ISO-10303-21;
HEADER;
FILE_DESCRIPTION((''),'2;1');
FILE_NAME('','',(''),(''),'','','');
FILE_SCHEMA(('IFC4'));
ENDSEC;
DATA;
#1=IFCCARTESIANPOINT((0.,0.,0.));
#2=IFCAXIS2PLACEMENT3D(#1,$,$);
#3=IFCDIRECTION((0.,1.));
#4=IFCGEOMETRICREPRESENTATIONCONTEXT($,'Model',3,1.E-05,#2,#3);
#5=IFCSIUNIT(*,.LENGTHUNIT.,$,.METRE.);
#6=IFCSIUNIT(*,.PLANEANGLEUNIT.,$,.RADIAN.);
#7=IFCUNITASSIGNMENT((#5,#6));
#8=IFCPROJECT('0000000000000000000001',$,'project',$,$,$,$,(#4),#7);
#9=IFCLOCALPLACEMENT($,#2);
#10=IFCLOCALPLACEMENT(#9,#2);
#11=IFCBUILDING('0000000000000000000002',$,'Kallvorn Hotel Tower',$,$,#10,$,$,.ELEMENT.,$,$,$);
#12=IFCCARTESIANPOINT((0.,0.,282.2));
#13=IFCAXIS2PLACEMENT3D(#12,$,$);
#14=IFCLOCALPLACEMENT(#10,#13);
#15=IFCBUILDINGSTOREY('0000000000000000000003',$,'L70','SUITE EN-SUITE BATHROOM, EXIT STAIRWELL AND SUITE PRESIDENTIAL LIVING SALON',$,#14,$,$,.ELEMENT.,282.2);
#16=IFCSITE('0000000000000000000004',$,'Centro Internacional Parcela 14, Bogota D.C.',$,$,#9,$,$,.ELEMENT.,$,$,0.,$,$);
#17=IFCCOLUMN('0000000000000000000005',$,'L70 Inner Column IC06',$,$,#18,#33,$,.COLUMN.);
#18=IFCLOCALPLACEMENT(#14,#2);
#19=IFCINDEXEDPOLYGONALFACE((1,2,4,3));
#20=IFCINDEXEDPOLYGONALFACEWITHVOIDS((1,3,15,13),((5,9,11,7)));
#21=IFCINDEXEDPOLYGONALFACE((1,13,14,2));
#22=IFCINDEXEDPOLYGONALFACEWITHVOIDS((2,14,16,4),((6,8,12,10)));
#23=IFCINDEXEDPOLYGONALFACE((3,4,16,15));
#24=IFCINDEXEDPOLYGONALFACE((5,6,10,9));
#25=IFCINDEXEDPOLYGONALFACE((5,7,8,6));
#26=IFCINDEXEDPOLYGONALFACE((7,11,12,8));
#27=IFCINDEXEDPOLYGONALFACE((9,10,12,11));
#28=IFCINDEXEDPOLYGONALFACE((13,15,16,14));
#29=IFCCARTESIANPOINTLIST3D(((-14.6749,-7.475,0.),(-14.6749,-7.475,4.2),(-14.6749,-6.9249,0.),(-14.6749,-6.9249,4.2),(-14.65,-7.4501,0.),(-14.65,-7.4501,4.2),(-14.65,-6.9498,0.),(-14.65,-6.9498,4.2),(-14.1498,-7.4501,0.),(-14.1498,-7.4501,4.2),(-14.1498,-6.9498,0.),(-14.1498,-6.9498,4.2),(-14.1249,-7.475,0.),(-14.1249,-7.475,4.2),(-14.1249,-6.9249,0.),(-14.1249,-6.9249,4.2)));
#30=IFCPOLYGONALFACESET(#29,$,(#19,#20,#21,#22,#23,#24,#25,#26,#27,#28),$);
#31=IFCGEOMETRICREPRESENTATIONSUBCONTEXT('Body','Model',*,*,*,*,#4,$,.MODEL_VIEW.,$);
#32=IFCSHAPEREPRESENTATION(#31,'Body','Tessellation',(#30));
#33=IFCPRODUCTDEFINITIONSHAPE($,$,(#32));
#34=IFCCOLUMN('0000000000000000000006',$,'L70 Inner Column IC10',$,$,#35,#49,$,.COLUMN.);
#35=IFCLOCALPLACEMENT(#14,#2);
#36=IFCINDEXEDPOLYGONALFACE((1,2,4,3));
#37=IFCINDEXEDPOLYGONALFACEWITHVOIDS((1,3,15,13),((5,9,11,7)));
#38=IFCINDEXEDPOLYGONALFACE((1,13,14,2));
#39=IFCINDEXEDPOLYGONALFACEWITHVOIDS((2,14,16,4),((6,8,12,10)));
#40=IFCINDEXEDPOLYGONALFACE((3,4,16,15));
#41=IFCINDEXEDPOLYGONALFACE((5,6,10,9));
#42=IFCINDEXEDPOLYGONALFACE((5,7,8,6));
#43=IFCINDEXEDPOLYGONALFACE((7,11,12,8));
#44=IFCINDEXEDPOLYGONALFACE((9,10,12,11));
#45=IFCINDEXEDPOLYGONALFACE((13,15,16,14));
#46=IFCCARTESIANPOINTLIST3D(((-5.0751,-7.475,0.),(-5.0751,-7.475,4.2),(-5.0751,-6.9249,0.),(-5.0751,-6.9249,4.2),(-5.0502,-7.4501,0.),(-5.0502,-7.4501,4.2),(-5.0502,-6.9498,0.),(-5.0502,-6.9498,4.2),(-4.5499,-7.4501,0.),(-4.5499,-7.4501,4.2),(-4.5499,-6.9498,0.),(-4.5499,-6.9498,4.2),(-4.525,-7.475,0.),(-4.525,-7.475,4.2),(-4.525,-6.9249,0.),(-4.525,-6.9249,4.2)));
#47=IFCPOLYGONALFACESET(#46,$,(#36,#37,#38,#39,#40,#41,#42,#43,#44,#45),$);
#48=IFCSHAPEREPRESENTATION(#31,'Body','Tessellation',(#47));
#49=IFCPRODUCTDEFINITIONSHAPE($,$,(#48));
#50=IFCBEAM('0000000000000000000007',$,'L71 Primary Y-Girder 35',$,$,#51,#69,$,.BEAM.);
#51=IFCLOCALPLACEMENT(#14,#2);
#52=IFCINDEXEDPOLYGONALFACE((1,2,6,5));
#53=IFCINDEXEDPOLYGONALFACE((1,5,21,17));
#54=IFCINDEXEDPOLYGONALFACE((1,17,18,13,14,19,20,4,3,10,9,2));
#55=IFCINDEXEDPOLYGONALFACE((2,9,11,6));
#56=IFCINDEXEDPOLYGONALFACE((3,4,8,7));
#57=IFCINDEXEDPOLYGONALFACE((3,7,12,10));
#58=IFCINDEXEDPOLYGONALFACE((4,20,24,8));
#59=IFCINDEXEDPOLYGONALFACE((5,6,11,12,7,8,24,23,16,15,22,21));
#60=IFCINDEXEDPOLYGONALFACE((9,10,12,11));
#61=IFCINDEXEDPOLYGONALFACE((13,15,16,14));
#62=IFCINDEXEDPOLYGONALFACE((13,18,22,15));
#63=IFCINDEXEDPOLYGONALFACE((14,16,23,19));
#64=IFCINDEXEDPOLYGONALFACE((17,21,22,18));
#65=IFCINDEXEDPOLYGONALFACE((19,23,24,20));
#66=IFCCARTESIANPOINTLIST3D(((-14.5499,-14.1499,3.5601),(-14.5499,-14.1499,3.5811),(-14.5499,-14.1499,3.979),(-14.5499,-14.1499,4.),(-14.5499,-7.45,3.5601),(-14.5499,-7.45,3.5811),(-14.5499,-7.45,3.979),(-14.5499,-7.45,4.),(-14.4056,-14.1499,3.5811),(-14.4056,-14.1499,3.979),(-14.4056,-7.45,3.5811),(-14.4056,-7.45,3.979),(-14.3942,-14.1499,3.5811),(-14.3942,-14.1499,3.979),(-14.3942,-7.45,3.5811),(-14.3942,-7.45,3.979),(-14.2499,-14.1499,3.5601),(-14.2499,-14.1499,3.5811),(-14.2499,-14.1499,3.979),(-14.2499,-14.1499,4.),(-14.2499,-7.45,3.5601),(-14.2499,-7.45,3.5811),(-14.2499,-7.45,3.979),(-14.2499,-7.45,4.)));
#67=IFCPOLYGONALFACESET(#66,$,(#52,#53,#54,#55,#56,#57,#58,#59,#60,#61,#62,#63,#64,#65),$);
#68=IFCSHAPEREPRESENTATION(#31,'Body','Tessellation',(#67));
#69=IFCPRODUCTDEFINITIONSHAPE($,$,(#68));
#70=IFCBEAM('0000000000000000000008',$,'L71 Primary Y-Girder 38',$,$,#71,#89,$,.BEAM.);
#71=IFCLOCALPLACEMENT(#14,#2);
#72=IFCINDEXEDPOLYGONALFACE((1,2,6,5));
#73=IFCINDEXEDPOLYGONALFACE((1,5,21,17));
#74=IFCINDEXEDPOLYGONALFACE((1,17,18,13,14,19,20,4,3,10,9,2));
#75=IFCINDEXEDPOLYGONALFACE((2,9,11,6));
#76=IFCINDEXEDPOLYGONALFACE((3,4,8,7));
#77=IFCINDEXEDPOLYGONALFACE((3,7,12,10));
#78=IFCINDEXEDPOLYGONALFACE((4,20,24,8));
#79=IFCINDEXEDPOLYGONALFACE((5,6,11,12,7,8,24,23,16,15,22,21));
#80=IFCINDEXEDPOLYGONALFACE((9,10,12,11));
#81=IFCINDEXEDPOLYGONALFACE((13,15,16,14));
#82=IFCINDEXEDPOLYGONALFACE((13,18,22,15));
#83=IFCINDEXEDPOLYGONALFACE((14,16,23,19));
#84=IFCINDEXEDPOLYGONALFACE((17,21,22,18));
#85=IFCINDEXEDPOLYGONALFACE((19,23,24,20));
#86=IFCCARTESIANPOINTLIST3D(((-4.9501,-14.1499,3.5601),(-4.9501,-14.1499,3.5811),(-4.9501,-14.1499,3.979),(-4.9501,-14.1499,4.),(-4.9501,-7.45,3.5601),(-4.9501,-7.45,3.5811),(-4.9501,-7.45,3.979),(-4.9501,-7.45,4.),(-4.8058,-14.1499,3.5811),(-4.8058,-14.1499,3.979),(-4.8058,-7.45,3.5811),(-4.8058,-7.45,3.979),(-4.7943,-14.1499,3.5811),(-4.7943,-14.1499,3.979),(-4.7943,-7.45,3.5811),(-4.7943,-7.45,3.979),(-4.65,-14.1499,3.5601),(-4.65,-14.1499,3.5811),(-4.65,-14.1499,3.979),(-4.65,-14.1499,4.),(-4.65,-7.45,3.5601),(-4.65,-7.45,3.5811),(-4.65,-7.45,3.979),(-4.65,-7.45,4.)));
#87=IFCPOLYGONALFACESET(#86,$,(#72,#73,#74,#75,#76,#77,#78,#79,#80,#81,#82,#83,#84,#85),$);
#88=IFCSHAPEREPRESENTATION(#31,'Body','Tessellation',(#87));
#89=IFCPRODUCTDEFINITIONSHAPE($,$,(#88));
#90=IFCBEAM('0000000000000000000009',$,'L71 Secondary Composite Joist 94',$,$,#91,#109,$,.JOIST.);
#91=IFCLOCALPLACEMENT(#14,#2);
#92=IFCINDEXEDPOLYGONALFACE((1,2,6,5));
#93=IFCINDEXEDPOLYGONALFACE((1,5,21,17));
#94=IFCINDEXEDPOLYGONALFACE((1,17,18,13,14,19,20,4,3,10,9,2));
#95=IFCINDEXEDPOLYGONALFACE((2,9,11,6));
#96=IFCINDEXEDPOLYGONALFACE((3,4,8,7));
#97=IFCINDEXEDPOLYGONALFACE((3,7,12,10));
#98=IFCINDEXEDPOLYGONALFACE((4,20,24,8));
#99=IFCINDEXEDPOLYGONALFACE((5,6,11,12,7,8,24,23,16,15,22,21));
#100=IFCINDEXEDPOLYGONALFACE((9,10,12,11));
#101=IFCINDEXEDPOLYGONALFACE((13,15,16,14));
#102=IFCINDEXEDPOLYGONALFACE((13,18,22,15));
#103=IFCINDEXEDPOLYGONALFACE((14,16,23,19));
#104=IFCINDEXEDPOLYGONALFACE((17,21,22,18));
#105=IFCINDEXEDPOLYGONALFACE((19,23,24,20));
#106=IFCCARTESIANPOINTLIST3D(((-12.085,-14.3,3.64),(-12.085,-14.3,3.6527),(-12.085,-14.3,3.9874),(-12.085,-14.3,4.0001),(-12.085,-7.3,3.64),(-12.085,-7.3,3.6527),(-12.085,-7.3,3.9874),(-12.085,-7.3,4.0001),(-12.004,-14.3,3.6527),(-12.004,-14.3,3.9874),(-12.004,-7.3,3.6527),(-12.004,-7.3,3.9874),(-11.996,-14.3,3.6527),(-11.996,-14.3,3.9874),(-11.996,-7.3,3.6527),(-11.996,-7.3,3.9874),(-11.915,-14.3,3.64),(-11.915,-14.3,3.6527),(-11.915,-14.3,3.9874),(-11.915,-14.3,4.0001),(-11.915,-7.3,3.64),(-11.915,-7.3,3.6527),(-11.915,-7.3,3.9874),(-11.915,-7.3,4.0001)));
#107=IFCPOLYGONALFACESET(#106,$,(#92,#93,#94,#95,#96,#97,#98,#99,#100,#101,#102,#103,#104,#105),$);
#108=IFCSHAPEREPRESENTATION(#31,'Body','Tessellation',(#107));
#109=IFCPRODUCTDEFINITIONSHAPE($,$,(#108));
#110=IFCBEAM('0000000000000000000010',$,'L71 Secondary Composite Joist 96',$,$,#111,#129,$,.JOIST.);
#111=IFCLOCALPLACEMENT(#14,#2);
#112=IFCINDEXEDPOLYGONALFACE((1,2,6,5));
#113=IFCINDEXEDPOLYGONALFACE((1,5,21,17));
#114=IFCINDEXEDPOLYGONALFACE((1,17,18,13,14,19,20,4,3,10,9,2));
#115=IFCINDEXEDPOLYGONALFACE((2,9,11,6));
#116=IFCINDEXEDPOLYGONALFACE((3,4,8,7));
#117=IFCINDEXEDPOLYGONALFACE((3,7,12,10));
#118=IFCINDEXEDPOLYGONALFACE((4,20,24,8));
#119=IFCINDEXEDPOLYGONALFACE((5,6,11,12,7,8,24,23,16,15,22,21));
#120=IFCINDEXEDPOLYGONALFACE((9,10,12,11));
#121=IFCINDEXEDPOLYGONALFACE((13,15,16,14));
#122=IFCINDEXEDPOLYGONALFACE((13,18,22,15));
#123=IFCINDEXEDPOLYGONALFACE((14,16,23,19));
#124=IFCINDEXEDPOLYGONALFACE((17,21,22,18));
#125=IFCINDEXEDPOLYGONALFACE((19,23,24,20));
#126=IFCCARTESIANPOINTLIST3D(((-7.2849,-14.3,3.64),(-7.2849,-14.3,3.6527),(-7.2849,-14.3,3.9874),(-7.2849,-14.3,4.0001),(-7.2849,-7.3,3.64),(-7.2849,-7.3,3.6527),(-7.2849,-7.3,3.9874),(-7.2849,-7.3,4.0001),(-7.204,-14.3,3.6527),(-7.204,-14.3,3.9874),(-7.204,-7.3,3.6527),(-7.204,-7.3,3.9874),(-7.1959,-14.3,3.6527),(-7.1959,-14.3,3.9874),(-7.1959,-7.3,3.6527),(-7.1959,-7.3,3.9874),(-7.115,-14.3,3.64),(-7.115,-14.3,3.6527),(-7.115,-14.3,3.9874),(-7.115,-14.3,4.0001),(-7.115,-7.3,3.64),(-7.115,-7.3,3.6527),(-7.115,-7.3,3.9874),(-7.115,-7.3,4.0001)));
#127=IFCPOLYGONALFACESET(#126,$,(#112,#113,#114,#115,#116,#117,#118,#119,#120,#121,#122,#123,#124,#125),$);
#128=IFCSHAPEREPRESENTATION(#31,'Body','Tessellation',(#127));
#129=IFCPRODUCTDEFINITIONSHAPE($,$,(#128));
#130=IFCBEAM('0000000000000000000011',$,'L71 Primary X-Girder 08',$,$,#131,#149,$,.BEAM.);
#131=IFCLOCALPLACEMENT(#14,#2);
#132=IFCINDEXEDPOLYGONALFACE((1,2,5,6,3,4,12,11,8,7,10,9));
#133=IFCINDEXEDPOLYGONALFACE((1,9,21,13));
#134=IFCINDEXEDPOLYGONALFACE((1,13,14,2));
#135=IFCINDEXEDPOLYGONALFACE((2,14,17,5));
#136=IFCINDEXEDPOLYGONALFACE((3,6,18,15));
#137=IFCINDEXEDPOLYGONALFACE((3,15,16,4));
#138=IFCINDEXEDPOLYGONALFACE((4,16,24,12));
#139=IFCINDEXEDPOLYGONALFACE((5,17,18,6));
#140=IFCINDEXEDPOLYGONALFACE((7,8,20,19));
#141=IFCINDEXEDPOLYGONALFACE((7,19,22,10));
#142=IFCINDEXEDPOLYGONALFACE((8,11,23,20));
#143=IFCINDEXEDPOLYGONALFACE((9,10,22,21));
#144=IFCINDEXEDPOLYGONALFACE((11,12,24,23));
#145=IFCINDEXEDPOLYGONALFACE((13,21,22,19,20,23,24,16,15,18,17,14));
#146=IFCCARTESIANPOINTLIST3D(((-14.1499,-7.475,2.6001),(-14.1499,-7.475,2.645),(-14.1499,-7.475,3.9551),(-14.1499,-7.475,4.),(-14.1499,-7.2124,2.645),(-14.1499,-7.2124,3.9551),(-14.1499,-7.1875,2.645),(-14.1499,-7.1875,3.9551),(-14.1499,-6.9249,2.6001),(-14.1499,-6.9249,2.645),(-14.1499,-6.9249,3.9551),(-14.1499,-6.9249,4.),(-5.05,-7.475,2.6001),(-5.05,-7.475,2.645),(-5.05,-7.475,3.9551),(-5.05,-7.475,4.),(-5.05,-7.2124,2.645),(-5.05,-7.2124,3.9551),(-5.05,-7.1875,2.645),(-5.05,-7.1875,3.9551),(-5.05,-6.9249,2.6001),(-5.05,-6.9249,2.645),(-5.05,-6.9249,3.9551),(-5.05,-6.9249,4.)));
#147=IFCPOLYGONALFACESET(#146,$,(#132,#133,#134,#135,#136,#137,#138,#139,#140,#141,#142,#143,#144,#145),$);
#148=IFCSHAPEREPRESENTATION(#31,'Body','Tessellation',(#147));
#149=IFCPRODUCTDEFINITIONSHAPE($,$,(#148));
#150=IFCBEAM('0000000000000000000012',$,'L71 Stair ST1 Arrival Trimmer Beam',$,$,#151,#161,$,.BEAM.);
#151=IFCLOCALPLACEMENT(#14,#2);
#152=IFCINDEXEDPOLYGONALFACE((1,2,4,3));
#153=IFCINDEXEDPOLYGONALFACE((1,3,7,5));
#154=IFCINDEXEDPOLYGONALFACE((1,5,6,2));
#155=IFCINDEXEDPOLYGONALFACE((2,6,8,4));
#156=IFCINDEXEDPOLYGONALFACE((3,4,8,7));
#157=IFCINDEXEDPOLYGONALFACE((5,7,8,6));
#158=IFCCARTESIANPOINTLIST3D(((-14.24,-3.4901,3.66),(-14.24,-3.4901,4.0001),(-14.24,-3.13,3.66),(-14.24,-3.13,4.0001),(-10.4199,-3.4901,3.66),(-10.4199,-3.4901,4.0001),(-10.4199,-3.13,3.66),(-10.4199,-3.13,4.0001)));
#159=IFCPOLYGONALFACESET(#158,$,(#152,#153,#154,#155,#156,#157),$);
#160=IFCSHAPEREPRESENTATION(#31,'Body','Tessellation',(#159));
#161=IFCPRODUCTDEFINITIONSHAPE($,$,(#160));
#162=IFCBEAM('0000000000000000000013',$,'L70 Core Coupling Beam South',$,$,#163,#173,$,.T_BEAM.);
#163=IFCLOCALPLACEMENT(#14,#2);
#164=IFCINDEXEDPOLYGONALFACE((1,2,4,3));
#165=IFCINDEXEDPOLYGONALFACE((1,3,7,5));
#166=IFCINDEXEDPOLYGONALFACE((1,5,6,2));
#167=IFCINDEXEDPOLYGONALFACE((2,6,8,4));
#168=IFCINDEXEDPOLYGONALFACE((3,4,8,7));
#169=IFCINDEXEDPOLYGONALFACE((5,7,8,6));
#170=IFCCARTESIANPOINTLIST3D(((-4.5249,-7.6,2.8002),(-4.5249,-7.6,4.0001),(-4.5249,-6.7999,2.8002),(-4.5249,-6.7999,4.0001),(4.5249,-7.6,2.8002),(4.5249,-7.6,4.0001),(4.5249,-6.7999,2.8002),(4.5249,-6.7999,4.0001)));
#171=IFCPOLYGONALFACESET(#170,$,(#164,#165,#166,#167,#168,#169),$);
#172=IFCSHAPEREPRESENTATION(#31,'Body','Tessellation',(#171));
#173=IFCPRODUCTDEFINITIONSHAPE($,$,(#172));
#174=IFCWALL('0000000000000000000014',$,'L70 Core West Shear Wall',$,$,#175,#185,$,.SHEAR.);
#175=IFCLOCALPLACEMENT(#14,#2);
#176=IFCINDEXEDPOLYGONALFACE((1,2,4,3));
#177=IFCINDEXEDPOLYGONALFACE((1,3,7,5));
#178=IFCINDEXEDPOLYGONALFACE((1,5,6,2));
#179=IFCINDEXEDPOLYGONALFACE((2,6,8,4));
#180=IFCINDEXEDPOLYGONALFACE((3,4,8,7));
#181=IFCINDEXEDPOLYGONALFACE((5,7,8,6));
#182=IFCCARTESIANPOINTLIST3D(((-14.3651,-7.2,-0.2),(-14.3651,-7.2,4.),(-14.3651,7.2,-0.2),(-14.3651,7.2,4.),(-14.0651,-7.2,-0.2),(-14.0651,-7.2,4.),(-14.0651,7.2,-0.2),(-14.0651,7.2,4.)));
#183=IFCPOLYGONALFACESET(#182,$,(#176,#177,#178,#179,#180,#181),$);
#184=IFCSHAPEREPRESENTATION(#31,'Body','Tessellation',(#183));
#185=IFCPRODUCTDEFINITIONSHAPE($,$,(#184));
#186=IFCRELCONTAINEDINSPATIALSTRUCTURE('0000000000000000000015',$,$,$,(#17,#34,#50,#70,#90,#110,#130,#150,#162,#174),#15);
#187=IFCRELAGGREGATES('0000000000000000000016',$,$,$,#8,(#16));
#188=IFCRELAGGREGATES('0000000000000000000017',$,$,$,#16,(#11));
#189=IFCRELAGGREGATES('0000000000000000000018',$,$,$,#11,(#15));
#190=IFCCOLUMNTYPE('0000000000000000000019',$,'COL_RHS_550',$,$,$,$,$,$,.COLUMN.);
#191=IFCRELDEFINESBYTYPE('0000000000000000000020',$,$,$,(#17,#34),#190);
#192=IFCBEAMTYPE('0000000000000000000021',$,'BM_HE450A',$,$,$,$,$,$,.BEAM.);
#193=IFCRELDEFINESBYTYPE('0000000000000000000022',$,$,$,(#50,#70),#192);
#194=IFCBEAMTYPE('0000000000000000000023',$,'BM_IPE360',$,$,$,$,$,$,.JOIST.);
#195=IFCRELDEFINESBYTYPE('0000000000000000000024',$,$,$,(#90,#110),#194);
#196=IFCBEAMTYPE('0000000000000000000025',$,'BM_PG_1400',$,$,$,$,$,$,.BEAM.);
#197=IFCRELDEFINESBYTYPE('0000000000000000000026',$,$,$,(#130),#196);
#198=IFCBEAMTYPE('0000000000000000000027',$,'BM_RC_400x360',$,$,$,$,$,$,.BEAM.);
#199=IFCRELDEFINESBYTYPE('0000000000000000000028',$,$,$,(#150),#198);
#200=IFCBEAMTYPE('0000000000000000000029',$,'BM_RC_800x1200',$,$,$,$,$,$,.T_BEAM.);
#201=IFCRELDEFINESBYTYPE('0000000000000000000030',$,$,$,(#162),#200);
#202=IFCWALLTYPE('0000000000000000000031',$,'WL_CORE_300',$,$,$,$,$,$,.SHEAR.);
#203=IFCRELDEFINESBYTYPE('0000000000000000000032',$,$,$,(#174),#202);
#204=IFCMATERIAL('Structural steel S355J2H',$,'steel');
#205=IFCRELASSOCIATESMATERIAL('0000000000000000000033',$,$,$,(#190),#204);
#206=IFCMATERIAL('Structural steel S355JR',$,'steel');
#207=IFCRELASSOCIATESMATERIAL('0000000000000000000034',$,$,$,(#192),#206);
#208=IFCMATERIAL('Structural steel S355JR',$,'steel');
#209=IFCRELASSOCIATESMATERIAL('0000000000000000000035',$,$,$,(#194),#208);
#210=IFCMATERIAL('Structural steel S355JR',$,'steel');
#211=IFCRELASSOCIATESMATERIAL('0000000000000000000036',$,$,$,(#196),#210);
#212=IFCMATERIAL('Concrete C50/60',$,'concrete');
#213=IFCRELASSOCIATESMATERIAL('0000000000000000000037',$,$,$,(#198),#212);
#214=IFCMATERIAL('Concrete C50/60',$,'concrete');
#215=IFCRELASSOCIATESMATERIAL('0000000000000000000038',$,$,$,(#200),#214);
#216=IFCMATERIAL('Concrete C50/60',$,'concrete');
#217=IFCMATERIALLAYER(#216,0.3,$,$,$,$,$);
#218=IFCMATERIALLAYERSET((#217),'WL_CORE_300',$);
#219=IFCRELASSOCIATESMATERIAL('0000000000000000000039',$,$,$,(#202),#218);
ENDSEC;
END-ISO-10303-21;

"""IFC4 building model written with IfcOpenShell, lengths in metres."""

from ifc_helpers import new_model, si_unit, direction, frame, frame_2d, origin, origin_2d, place, context, subcontext, project, spatial, rectangle, hollow_rectangle, i_section, extrude, material, layer, layer_set, material_profile, profile_set, type_object, element, save


model = new_model("IFC4")

# Units and contexts
model_context = context("Model", 3, precision=1e-05, world=origin(), true_north=direction((0.0, 1.0)))
body_context = subcontext(model_context, "Body", "Model", "MODEL_VIEW")
ifc_project = project(units=[si_unit("LENGTHUNIT", "METRE"), si_unit("PLANEANGLEUNIT", "RADIAN")], contexts=[model_context])

# Site, building, storey
site_placement = place(None, origin())
site = spatial("IfcSite", under=ifc_project, at=site_placement, Name="Centro Internacional Parcela 14, Bogota D.C.", CompositionType="ELEMENT", RefElevation=0.0)
building_placement = place(site_placement, origin())
building = spatial("IfcBuilding", under=site, at=building_placement, Name="Kallvorn Hotel Tower", CompositionType="ELEMENT")
storey_placement = place(building_placement, frame((0.0, 0.0, 282.2)))
storey = spatial("IfcBuildingStorey", under=building, at=storey_placement, Name="L70", Description="SUITE EN-SUITE BATHROOM, EXIT STAIRWELL AND SUITE PRESIDENTIAL LIVING SALON", CompositionType="ELEMENT", Elevation=282.2)

# Columns
ifc_material_1 = material(Name="Structural steel S355J2H", Category="steel")
ifc_material_profile_1 = material_profile(ifc_material_1, hollow_rectangle(XDim=0.55, YDim=0.55, WallThickness=0.0249, at=origin_2d()), Name="RHS 550x550x25")
ifc_profile_set_1 = profile_set([ifc_material_profile_1], Name="Structural steel S355J2H")
column_type = type_object("IfcColumnType", Name="COL_RHS_550", PredefinedType="COLUMN", material=ifc_profile_set_1)
for number, where, z_axis, x_axis, name in (
    (1, (-14.3999, -7.2, 0.0), (0.0, 0.0, 1.0), (1.0, 0.0, 0.0), "L70 Inner Column IC06"),
    (2, (-4.8, -7.2, 0.0), (0.0, 0.0, 1.0), (1.0, 0.0, 0.0), "L70 Inner Column IC10"),
):
    element("IfcColumn", number, at=place(storey_placement, frame(where, z_axis=z_axis, x_axis=x_axis)), inside=storey, type_object=column_type, Name=name, PredefinedType="COLUMN", context=body_context, shape_type="SweptSolid", body=[
        extrude(hollow_rectangle(XDim=0.55, YDim=0.55, WallThickness=0.0249, at=origin_2d()), origin(), (0.0, 0.0, 1.0), 4.2),
    ])

# Beams
ifc_material_2 = material(Name="Structural steel S355JR", Category="steel")
ifc_material_profile_2 = material_profile(ifc_material_2, i_section(OverallWidth=0.3, OverallDepth=0.4399, WebThickness=0.0115, FlangeThickness=0.021, at=origin_2d()), Name="HE 450 A")
ifc_profile_set_2 = profile_set([ifc_material_profile_2], Name="Structural steel S355JR")
beam_type_1 = type_object("IfcBeamType", Name="BM_HE450A", PredefinedType="BEAM", material=ifc_profile_set_2)
for number, where, z_axis, x_axis, name in (
    (3, (-14.3999, -14.1499, 3.78), (0.0, 1.0, 0.0), (-1.0, 0.0, 0.0), "L71 Primary Y-Girder 35"),
    (4, (-4.8, -14.1499, 3.78), (0.0, 1.0, 0.0), (-1.0, 0.0, 0.0), "L71 Primary Y-Girder 38"),
):
    element("IfcBeam", number, at=place(storey_placement, frame(where, z_axis=z_axis, x_axis=x_axis)), inside=storey, type_object=beam_type_1, Name=name, PredefinedType="BEAM", context=body_context, shape_type="SweptSolid", body=[
        extrude(i_section(OverallWidth=0.3, OverallDepth=0.4399, WebThickness=0.0115, FlangeThickness=0.021, at=origin_2d()), origin(), (0.0, 0.0, 1.0), 6.7),
    ])
ifc_material_3 = material(Name="Structural steel S355JR", Category="steel")
ifc_material_profile_3 = material_profile(ifc_material_3, i_section(OverallWidth=0.1699, OverallDepth=0.3601, WebThickness=0.0081, FlangeThickness=0.0127, at=origin_2d()), Name="IPE 360")
ifc_profile_set_3 = profile_set([ifc_material_profile_3], Name="Structural steel S355JR")
beam_type_2 = type_object("IfcBeamType", Name="BM_IPE360", PredefinedType="JOIST", material=ifc_profile_set_3)
for number, where, z_axis, x_axis, name in (
    (5, (-12.0, -14.3, 3.8201), (0.0, 1.0, 0.0), (-1.0, 0.0, 0.0), "L71 Secondary Composite Joist 94"),
    (6, (-7.2, -14.3, 3.8201), (0.0, 1.0, 0.0), (-1.0, 0.0, 0.0), "L71 Secondary Composite Joist 96"),
):
    element("IfcBeam", number, at=place(storey_placement, frame(where, z_axis=z_axis, x_axis=x_axis)), inside=storey, type_object=beam_type_2, Name=name, PredefinedType="JOIST", context=body_context, shape_type="SweptSolid", body=[
        extrude(i_section(OverallWidth=0.1699, OverallDepth=0.3601, WebThickness=0.0081, FlangeThickness=0.0127, at=origin_2d()), origin(), (0.0, 0.0, 1.0), 7.0),
    ])
ifc_material_4 = material(Name="Structural steel S355JR", Category="steel")
ifc_material_profile_4 = material_profile(ifc_material_4, i_section(OverallWidth=0.55, OverallDepth=1.3999, WebThickness=0.0249, FlangeThickness=0.0449, at=origin_2d()), Name="PG 1400x550x25x45")
ifc_profile_set_4 = profile_set([ifc_material_profile_4], Name="Structural steel S355JR")
beam_type_3 = type_object("IfcBeamType", Name="BM_PG_1400", PredefinedType="BEAM", material=ifc_profile_set_4)
beam_1_placement = place(storey_placement, frame((-14.1499, -7.2, 3.3), z_axis=(1.0, 0.0, 0.0), x_axis=(0.0, 1.0, 0.0)))
element("IfcBeam", 7, at=beam_1_placement, inside=storey, type_object=beam_type_3, Name="L71 Primary X-Girder 08", PredefinedType="BEAM", context=body_context, shape_type="SweptSolid", body=[
    extrude(i_section(OverallWidth=0.55, OverallDepth=1.3999, WebThickness=0.0249, FlangeThickness=0.0449, at=origin_2d()), origin(), (0.0, 0.0, 1.0), 9.0999),
])
ifc_material_5 = material(Name="Concrete C50/60", Category="concrete")
ifc_material_profile_5 = material_profile(ifc_material_5, rectangle(XDim=0.3601, YDim=0.3401, at=origin_2d()), Name="RC 360x340")
ifc_profile_set_5 = profile_set([ifc_material_profile_5], Name="Concrete C50/60")
beam_type_4 = type_object("IfcBeamType", Name="BM_RC_400x360", PredefinedType="BEAM", material=ifc_profile_set_5)
beam_2_placement = place(storey_placement, frame((-10.4199, -3.3101, 3.8301), z_axis=(-1.0, 0.0, 0.0), x_axis=(0.0, -1.0, 0.0)))
element("IfcBeam", 8, at=beam_2_placement, inside=storey, type_object=beam_type_4, Name="L71 Stair ST1 Arrival Trimmer Beam", PredefinedType="BEAM", context=body_context, shape_type="SweptSolid", body=[
    extrude(rectangle(XDim=0.3601, YDim=0.3401, at=origin_2d()), origin(), (0.0, 0.0, 1.0), 3.8201),
])
ifc_material_6 = material(Name="Concrete C50/60", Category="concrete")
ifc_material_profile_6 = material_profile(ifc_material_6, rectangle(XDim=0.8, YDim=1.2, at=origin_2d()), Name="RC 800x1200")
ifc_profile_set_6 = profile_set([ifc_material_profile_6], Name="Concrete C50/60")
beam_type_5 = type_object("IfcBeamType", Name="BM_RC_800x1200", PredefinedType="T_BEAM", material=ifc_profile_set_6)
beam_3_placement = place(storey_placement, frame((-4.5249, -7.2, 3.4001), z_axis=(1.0, 0.0, 0.0), x_axis=(0.0, 1.0, 0.0)))
element("IfcBeam", 9, at=beam_3_placement, inside=storey, type_object=beam_type_5, Name="L70 Core Coupling Beam South", PredefinedType="T_BEAM", context=body_context, shape_type="SweptSolid", body=[
    extrude(rectangle(XDim=0.8, YDim=1.2, at=origin_2d()), origin(), (0.0, 0.0, 1.0), 9.0498),
])

# Wall
ifc_material_7 = material(Name="Concrete C50/60", Category="concrete")
ifc_layer_1 = layer(ifc_material_7, 0.3)
ifc_layer_set_1 = layer_set([ifc_layer_1], Name="WL_CORE_300")
wall_type_1 = type_object("IfcWallType", Name="WL_CORE_300", PredefinedType="SHEAR", material=ifc_layer_set_1)
wall_1_placement = place(storey_placement, frame((-14.2151, -7.2, -0.2), z_axis=(0.0, 0.0, 1.0), x_axis=(0.0, 1.0, 0.0)))
element("IfcWall", 10, at=wall_1_placement, inside=storey, type_object=wall_type_1, Name="L70 Core West Shear Wall", PredefinedType="SHEAR", context=body_context, shape_type="SweptSolid", body=[
    extrude(rectangle(XDim=14.3999, YDim=0.3, at=frame_2d((7.2, 0.0))), origin(), (0.0, 0.0, 1.0), 4.2),
])

save(model, "model.ifc")
